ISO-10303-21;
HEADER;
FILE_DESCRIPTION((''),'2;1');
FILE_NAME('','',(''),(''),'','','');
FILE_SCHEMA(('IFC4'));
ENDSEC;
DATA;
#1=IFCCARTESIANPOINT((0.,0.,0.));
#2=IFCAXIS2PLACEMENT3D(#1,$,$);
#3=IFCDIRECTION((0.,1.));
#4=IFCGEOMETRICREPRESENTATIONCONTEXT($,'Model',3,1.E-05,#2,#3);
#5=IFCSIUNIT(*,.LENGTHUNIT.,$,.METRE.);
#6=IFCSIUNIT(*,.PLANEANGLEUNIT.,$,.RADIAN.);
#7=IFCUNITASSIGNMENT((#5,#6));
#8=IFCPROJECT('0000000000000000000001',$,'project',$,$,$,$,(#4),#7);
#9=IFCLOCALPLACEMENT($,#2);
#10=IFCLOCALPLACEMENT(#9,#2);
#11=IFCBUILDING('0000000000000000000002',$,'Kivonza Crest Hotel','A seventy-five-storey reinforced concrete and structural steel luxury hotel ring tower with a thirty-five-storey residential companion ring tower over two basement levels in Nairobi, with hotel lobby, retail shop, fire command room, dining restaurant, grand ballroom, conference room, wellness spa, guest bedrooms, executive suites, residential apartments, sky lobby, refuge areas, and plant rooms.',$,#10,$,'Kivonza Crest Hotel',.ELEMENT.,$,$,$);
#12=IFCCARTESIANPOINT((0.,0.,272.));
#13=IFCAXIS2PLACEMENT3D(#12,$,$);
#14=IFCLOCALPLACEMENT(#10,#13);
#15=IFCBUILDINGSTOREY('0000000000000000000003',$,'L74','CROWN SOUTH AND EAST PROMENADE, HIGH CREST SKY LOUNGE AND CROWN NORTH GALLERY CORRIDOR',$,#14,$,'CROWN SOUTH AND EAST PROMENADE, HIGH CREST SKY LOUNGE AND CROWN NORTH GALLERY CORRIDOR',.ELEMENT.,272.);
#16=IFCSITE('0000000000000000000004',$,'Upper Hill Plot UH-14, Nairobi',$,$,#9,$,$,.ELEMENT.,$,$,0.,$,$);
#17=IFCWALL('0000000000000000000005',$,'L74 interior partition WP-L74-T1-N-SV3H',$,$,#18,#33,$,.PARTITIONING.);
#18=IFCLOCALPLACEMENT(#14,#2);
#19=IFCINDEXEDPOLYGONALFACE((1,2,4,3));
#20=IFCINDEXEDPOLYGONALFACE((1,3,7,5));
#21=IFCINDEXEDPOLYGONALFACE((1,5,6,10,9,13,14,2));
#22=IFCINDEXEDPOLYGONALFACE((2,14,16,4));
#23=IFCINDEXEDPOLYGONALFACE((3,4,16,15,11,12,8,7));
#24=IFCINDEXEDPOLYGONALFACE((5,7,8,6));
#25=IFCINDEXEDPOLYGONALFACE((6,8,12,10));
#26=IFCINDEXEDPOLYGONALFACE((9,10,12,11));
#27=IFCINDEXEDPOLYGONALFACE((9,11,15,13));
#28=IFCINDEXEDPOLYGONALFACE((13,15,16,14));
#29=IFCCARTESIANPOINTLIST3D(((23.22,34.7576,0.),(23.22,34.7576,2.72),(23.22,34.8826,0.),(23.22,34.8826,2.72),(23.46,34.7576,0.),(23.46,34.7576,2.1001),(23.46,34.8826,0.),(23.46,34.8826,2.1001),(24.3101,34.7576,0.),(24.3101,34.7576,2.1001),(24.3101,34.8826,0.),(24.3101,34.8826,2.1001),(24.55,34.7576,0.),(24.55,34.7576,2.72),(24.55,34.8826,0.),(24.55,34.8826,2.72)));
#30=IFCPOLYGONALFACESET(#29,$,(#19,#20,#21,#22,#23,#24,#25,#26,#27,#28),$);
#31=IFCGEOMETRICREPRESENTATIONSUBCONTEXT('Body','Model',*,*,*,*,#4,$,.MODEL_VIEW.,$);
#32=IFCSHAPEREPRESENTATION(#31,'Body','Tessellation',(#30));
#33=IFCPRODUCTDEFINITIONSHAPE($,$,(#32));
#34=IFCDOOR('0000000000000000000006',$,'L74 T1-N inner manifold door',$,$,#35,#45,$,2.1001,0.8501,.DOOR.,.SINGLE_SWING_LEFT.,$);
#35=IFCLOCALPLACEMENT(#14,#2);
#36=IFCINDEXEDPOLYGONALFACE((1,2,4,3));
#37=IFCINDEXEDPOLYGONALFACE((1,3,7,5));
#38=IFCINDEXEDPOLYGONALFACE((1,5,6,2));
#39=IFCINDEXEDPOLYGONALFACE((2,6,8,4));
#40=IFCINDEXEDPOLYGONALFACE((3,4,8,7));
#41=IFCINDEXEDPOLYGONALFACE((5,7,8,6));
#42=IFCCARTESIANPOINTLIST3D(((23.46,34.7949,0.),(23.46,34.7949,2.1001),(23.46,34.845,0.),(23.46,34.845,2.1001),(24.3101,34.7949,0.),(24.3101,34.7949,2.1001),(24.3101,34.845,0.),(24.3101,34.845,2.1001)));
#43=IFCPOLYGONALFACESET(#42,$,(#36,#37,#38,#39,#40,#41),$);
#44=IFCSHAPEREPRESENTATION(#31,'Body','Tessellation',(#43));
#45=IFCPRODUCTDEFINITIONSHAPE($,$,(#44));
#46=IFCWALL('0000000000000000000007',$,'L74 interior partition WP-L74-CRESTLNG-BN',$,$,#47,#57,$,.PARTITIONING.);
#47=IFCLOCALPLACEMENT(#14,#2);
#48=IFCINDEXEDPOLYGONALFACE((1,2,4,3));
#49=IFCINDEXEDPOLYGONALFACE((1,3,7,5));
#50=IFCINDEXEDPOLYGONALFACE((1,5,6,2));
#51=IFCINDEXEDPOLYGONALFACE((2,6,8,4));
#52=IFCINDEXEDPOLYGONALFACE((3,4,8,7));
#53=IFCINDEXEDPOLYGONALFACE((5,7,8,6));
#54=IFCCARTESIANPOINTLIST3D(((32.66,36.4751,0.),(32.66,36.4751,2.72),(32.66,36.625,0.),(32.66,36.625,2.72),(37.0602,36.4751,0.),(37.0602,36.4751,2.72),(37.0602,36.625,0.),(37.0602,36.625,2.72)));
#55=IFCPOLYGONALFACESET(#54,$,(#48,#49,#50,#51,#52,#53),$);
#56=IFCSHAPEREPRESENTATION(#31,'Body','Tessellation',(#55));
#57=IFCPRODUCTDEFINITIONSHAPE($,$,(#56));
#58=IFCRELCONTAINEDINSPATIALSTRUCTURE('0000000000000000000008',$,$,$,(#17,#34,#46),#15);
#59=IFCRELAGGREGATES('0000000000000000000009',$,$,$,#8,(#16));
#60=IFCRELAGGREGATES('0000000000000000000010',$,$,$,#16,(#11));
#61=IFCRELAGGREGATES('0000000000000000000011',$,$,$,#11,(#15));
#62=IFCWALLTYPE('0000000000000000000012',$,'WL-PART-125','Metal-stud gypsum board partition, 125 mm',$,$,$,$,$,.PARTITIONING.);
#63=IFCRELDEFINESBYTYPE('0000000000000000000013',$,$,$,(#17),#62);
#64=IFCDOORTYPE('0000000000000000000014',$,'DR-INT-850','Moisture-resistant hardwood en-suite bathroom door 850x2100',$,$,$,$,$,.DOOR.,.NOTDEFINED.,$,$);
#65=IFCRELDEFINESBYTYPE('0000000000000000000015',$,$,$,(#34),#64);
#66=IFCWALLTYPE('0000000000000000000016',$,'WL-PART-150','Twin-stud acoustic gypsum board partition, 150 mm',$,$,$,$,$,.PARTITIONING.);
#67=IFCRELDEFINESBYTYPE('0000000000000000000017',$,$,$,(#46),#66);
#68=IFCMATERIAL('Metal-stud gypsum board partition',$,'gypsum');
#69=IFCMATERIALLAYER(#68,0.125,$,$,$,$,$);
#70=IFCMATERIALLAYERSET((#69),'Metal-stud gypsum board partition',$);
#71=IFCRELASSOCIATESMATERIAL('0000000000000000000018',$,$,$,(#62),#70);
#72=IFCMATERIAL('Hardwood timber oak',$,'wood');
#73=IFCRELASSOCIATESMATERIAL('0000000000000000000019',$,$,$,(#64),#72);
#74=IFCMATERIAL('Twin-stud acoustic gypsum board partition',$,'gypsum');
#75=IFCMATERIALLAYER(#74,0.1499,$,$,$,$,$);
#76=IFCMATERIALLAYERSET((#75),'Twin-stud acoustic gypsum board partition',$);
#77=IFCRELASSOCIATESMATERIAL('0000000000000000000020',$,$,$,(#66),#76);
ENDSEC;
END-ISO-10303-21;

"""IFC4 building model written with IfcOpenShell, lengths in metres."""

from ifc_helpers import new_model, si_unit, direction, frame, frame_2d, origin, place, context, subcontext, project, spatial, rectangle, extrude, material, layer, layer_set, type_object, element, fill, save


model = new_model("IFC4")

# Units and contexts
model_context = context("Model", 3, precision=1e-05, world=origin(), true_north=direction((0.0, 1.0)))
body_context = subcontext(model_context, "Body", "Model", "MODEL_VIEW")
ifc_project = project(units=[si_unit("LENGTHUNIT", "METRE"), si_unit("PLANEANGLEUNIT", "RADIAN")], contexts=[model_context])

# Site, building, storey
site_placement = place(None, origin())
site = spatial("IfcSite", under=ifc_project, at=site_placement, Name="Upper Hill Plot UH-14, Nairobi", CompositionType="ELEMENT", RefElevation=0.0)
building_placement = place(site_placement, origin())
building = spatial("IfcBuilding", under=site, at=building_placement, Name="Kivonza Crest Hotel", Description="A seventy-five-storey reinforced concrete and structural steel luxury hotel ring tower with a thirty-five-storey residential companion ring tower over two basement levels in Nairobi, with hotel lobby, retail shop, fire command room, dining restaurant, grand ballroom, conference room, wellness spa, guest bedrooms, executive suites, residential apartments, sky lobby, refuge areas, and plant rooms.", LongName="Kivonza Crest Hotel", CompositionType="ELEMENT")
storey_placement = place(building_placement, frame((0.0, 0.0, 272.0)))
storey = spatial("IfcBuildingStorey", under=building, at=storey_placement, Name="L74", Description="CROWN SOUTH AND EAST PROMENADE, HIGH CREST SKY LOUNGE AND CROWN NORTH GALLERY CORRIDOR", LongName="CROWN SOUTH AND EAST PROMENADE, HIGH CREST SKY LOUNGE AND CROWN NORTH GALLERY CORRIDOR", CompositionType="ELEMENT", Elevation=272.0)

# Wall, opening, door
ifc_material_1 = material(Name="Metal-stud gypsum board partition", Category="gypsum")
ifc_layer_1 = layer(ifc_material_1, 0.125)
ifc_layer_set_1 = layer_set([ifc_layer_1], Name="Metal-stud gypsum board partition")
wall_type_1 = type_object("IfcWallType", Name="WL-PART-125", Description="Metal-stud gypsum board partition, 125 mm", PredefinedType="PARTITIONING", material=ifc_layer_set_1)
wall_1_placement = place(storey_placement, frame((23.22, 34.8201, 0.0), z_axis=(0.0, 0.0, 1.0), x_axis=(1.0, 0.0, 0.0)))
wall_1 = element("IfcWall", 1, at=wall_1_placement, inside=storey, type_object=wall_type_1, Name="L74 interior partition WP-L74-T1-N-SV3H", PredefinedType="PARTITIONING", context=body_context, shape_type="SweptSolid", body=[
    extrude(rectangle(XDim=1.3301, YDim=0.125, at=frame_2d((0.665, 0.0))), origin(), (0.0, 0.0, 1.0), 2.72),
])
opening_1_placement = place(wall_1_placement, frame((0.24, 0.0, 0.0)))
opening_1 = element("IfcOpeningElement", 2, at=opening_1_placement, cuts=wall_1, PredefinedType="OPENING", context=body_context, shape_type="SweptSolid", body=[
    extrude(rectangle(XDim=0.8501, YDim=2.1001, at=frame_2d((0.425, 1.05))), frame((0.0, 0.0725, 0.0), z_axis=(0.0, -1.0, 0.0), x_axis=(1.0, 0.0, 0.0)), (0.0, 0.0, 1.0), 0.145),
])
ifc_material_2 = material(Name="Hardwood timber oak", Category="wood")
door_type = type_object("IfcDoorType", Name="DR-INT-850", Description="Moisture-resistant hardwood en-suite bathroom door 850x2100", OperationType="NOTDEFINED", PredefinedType="DOOR", material=ifc_material_2)
door_placement = place(opening_1_placement, origin())
door = element("IfcDoor", 3, at=door_placement, inside=storey, type_object=door_type, Name="L74 T1-N inner manifold door", OperationType="SINGLE_SWING_LEFT", OverallHeight=2.1001, OverallWidth=0.8501, PredefinedType="DOOR", context=body_context, shape_type="SweptSolid", body=[
    extrude(rectangle(XDim=0.8501, YDim=2.1001, at=frame_2d((0.425, 1.05))), frame((0.0, 0.0249, 0.0), z_axis=(0.0, -1.0, 0.0), x_axis=(1.0, 0.0, 0.0)), (0.0, 0.0, 1.0), 0.05),
])
fill(opening_1, door)

# Wall
ifc_material_3 = material(Name="Twin-stud acoustic gypsum board partition", Category="gypsum")
ifc_layer_2 = layer(ifc_material_3, 0.1499)
ifc_layer_set_2 = layer_set([ifc_layer_2], Name="Twin-stud acoustic gypsum board partition")
wall_type_2 = type_object("IfcWallType", Name="WL-PART-150", Description="Twin-stud acoustic gypsum board partition, 150 mm", PredefinedType="PARTITIONING", material=ifc_layer_set_2)
wall_2_placement = place(storey_placement, frame((32.6599, 36.55, 0.0), z_axis=(0.0, 0.0, 1.0), x_axis=(1.0, 0.0, 0.0)))
element("IfcWall", 4, at=wall_2_placement, inside=storey, type_object=wall_type_2, Name="L74 interior partition WP-L74-CRESTLNG-BN", PredefinedType="PARTITIONING", context=body_context, shape_type="SweptSolid", body=[
    extrude(rectangle(XDim=4.4001, YDim=0.1499, at=frame_2d((2.2002, 0.0))), origin(), (0.0, 0.0, 1.0), 2.72),
])

save(model, "model.ifc")
